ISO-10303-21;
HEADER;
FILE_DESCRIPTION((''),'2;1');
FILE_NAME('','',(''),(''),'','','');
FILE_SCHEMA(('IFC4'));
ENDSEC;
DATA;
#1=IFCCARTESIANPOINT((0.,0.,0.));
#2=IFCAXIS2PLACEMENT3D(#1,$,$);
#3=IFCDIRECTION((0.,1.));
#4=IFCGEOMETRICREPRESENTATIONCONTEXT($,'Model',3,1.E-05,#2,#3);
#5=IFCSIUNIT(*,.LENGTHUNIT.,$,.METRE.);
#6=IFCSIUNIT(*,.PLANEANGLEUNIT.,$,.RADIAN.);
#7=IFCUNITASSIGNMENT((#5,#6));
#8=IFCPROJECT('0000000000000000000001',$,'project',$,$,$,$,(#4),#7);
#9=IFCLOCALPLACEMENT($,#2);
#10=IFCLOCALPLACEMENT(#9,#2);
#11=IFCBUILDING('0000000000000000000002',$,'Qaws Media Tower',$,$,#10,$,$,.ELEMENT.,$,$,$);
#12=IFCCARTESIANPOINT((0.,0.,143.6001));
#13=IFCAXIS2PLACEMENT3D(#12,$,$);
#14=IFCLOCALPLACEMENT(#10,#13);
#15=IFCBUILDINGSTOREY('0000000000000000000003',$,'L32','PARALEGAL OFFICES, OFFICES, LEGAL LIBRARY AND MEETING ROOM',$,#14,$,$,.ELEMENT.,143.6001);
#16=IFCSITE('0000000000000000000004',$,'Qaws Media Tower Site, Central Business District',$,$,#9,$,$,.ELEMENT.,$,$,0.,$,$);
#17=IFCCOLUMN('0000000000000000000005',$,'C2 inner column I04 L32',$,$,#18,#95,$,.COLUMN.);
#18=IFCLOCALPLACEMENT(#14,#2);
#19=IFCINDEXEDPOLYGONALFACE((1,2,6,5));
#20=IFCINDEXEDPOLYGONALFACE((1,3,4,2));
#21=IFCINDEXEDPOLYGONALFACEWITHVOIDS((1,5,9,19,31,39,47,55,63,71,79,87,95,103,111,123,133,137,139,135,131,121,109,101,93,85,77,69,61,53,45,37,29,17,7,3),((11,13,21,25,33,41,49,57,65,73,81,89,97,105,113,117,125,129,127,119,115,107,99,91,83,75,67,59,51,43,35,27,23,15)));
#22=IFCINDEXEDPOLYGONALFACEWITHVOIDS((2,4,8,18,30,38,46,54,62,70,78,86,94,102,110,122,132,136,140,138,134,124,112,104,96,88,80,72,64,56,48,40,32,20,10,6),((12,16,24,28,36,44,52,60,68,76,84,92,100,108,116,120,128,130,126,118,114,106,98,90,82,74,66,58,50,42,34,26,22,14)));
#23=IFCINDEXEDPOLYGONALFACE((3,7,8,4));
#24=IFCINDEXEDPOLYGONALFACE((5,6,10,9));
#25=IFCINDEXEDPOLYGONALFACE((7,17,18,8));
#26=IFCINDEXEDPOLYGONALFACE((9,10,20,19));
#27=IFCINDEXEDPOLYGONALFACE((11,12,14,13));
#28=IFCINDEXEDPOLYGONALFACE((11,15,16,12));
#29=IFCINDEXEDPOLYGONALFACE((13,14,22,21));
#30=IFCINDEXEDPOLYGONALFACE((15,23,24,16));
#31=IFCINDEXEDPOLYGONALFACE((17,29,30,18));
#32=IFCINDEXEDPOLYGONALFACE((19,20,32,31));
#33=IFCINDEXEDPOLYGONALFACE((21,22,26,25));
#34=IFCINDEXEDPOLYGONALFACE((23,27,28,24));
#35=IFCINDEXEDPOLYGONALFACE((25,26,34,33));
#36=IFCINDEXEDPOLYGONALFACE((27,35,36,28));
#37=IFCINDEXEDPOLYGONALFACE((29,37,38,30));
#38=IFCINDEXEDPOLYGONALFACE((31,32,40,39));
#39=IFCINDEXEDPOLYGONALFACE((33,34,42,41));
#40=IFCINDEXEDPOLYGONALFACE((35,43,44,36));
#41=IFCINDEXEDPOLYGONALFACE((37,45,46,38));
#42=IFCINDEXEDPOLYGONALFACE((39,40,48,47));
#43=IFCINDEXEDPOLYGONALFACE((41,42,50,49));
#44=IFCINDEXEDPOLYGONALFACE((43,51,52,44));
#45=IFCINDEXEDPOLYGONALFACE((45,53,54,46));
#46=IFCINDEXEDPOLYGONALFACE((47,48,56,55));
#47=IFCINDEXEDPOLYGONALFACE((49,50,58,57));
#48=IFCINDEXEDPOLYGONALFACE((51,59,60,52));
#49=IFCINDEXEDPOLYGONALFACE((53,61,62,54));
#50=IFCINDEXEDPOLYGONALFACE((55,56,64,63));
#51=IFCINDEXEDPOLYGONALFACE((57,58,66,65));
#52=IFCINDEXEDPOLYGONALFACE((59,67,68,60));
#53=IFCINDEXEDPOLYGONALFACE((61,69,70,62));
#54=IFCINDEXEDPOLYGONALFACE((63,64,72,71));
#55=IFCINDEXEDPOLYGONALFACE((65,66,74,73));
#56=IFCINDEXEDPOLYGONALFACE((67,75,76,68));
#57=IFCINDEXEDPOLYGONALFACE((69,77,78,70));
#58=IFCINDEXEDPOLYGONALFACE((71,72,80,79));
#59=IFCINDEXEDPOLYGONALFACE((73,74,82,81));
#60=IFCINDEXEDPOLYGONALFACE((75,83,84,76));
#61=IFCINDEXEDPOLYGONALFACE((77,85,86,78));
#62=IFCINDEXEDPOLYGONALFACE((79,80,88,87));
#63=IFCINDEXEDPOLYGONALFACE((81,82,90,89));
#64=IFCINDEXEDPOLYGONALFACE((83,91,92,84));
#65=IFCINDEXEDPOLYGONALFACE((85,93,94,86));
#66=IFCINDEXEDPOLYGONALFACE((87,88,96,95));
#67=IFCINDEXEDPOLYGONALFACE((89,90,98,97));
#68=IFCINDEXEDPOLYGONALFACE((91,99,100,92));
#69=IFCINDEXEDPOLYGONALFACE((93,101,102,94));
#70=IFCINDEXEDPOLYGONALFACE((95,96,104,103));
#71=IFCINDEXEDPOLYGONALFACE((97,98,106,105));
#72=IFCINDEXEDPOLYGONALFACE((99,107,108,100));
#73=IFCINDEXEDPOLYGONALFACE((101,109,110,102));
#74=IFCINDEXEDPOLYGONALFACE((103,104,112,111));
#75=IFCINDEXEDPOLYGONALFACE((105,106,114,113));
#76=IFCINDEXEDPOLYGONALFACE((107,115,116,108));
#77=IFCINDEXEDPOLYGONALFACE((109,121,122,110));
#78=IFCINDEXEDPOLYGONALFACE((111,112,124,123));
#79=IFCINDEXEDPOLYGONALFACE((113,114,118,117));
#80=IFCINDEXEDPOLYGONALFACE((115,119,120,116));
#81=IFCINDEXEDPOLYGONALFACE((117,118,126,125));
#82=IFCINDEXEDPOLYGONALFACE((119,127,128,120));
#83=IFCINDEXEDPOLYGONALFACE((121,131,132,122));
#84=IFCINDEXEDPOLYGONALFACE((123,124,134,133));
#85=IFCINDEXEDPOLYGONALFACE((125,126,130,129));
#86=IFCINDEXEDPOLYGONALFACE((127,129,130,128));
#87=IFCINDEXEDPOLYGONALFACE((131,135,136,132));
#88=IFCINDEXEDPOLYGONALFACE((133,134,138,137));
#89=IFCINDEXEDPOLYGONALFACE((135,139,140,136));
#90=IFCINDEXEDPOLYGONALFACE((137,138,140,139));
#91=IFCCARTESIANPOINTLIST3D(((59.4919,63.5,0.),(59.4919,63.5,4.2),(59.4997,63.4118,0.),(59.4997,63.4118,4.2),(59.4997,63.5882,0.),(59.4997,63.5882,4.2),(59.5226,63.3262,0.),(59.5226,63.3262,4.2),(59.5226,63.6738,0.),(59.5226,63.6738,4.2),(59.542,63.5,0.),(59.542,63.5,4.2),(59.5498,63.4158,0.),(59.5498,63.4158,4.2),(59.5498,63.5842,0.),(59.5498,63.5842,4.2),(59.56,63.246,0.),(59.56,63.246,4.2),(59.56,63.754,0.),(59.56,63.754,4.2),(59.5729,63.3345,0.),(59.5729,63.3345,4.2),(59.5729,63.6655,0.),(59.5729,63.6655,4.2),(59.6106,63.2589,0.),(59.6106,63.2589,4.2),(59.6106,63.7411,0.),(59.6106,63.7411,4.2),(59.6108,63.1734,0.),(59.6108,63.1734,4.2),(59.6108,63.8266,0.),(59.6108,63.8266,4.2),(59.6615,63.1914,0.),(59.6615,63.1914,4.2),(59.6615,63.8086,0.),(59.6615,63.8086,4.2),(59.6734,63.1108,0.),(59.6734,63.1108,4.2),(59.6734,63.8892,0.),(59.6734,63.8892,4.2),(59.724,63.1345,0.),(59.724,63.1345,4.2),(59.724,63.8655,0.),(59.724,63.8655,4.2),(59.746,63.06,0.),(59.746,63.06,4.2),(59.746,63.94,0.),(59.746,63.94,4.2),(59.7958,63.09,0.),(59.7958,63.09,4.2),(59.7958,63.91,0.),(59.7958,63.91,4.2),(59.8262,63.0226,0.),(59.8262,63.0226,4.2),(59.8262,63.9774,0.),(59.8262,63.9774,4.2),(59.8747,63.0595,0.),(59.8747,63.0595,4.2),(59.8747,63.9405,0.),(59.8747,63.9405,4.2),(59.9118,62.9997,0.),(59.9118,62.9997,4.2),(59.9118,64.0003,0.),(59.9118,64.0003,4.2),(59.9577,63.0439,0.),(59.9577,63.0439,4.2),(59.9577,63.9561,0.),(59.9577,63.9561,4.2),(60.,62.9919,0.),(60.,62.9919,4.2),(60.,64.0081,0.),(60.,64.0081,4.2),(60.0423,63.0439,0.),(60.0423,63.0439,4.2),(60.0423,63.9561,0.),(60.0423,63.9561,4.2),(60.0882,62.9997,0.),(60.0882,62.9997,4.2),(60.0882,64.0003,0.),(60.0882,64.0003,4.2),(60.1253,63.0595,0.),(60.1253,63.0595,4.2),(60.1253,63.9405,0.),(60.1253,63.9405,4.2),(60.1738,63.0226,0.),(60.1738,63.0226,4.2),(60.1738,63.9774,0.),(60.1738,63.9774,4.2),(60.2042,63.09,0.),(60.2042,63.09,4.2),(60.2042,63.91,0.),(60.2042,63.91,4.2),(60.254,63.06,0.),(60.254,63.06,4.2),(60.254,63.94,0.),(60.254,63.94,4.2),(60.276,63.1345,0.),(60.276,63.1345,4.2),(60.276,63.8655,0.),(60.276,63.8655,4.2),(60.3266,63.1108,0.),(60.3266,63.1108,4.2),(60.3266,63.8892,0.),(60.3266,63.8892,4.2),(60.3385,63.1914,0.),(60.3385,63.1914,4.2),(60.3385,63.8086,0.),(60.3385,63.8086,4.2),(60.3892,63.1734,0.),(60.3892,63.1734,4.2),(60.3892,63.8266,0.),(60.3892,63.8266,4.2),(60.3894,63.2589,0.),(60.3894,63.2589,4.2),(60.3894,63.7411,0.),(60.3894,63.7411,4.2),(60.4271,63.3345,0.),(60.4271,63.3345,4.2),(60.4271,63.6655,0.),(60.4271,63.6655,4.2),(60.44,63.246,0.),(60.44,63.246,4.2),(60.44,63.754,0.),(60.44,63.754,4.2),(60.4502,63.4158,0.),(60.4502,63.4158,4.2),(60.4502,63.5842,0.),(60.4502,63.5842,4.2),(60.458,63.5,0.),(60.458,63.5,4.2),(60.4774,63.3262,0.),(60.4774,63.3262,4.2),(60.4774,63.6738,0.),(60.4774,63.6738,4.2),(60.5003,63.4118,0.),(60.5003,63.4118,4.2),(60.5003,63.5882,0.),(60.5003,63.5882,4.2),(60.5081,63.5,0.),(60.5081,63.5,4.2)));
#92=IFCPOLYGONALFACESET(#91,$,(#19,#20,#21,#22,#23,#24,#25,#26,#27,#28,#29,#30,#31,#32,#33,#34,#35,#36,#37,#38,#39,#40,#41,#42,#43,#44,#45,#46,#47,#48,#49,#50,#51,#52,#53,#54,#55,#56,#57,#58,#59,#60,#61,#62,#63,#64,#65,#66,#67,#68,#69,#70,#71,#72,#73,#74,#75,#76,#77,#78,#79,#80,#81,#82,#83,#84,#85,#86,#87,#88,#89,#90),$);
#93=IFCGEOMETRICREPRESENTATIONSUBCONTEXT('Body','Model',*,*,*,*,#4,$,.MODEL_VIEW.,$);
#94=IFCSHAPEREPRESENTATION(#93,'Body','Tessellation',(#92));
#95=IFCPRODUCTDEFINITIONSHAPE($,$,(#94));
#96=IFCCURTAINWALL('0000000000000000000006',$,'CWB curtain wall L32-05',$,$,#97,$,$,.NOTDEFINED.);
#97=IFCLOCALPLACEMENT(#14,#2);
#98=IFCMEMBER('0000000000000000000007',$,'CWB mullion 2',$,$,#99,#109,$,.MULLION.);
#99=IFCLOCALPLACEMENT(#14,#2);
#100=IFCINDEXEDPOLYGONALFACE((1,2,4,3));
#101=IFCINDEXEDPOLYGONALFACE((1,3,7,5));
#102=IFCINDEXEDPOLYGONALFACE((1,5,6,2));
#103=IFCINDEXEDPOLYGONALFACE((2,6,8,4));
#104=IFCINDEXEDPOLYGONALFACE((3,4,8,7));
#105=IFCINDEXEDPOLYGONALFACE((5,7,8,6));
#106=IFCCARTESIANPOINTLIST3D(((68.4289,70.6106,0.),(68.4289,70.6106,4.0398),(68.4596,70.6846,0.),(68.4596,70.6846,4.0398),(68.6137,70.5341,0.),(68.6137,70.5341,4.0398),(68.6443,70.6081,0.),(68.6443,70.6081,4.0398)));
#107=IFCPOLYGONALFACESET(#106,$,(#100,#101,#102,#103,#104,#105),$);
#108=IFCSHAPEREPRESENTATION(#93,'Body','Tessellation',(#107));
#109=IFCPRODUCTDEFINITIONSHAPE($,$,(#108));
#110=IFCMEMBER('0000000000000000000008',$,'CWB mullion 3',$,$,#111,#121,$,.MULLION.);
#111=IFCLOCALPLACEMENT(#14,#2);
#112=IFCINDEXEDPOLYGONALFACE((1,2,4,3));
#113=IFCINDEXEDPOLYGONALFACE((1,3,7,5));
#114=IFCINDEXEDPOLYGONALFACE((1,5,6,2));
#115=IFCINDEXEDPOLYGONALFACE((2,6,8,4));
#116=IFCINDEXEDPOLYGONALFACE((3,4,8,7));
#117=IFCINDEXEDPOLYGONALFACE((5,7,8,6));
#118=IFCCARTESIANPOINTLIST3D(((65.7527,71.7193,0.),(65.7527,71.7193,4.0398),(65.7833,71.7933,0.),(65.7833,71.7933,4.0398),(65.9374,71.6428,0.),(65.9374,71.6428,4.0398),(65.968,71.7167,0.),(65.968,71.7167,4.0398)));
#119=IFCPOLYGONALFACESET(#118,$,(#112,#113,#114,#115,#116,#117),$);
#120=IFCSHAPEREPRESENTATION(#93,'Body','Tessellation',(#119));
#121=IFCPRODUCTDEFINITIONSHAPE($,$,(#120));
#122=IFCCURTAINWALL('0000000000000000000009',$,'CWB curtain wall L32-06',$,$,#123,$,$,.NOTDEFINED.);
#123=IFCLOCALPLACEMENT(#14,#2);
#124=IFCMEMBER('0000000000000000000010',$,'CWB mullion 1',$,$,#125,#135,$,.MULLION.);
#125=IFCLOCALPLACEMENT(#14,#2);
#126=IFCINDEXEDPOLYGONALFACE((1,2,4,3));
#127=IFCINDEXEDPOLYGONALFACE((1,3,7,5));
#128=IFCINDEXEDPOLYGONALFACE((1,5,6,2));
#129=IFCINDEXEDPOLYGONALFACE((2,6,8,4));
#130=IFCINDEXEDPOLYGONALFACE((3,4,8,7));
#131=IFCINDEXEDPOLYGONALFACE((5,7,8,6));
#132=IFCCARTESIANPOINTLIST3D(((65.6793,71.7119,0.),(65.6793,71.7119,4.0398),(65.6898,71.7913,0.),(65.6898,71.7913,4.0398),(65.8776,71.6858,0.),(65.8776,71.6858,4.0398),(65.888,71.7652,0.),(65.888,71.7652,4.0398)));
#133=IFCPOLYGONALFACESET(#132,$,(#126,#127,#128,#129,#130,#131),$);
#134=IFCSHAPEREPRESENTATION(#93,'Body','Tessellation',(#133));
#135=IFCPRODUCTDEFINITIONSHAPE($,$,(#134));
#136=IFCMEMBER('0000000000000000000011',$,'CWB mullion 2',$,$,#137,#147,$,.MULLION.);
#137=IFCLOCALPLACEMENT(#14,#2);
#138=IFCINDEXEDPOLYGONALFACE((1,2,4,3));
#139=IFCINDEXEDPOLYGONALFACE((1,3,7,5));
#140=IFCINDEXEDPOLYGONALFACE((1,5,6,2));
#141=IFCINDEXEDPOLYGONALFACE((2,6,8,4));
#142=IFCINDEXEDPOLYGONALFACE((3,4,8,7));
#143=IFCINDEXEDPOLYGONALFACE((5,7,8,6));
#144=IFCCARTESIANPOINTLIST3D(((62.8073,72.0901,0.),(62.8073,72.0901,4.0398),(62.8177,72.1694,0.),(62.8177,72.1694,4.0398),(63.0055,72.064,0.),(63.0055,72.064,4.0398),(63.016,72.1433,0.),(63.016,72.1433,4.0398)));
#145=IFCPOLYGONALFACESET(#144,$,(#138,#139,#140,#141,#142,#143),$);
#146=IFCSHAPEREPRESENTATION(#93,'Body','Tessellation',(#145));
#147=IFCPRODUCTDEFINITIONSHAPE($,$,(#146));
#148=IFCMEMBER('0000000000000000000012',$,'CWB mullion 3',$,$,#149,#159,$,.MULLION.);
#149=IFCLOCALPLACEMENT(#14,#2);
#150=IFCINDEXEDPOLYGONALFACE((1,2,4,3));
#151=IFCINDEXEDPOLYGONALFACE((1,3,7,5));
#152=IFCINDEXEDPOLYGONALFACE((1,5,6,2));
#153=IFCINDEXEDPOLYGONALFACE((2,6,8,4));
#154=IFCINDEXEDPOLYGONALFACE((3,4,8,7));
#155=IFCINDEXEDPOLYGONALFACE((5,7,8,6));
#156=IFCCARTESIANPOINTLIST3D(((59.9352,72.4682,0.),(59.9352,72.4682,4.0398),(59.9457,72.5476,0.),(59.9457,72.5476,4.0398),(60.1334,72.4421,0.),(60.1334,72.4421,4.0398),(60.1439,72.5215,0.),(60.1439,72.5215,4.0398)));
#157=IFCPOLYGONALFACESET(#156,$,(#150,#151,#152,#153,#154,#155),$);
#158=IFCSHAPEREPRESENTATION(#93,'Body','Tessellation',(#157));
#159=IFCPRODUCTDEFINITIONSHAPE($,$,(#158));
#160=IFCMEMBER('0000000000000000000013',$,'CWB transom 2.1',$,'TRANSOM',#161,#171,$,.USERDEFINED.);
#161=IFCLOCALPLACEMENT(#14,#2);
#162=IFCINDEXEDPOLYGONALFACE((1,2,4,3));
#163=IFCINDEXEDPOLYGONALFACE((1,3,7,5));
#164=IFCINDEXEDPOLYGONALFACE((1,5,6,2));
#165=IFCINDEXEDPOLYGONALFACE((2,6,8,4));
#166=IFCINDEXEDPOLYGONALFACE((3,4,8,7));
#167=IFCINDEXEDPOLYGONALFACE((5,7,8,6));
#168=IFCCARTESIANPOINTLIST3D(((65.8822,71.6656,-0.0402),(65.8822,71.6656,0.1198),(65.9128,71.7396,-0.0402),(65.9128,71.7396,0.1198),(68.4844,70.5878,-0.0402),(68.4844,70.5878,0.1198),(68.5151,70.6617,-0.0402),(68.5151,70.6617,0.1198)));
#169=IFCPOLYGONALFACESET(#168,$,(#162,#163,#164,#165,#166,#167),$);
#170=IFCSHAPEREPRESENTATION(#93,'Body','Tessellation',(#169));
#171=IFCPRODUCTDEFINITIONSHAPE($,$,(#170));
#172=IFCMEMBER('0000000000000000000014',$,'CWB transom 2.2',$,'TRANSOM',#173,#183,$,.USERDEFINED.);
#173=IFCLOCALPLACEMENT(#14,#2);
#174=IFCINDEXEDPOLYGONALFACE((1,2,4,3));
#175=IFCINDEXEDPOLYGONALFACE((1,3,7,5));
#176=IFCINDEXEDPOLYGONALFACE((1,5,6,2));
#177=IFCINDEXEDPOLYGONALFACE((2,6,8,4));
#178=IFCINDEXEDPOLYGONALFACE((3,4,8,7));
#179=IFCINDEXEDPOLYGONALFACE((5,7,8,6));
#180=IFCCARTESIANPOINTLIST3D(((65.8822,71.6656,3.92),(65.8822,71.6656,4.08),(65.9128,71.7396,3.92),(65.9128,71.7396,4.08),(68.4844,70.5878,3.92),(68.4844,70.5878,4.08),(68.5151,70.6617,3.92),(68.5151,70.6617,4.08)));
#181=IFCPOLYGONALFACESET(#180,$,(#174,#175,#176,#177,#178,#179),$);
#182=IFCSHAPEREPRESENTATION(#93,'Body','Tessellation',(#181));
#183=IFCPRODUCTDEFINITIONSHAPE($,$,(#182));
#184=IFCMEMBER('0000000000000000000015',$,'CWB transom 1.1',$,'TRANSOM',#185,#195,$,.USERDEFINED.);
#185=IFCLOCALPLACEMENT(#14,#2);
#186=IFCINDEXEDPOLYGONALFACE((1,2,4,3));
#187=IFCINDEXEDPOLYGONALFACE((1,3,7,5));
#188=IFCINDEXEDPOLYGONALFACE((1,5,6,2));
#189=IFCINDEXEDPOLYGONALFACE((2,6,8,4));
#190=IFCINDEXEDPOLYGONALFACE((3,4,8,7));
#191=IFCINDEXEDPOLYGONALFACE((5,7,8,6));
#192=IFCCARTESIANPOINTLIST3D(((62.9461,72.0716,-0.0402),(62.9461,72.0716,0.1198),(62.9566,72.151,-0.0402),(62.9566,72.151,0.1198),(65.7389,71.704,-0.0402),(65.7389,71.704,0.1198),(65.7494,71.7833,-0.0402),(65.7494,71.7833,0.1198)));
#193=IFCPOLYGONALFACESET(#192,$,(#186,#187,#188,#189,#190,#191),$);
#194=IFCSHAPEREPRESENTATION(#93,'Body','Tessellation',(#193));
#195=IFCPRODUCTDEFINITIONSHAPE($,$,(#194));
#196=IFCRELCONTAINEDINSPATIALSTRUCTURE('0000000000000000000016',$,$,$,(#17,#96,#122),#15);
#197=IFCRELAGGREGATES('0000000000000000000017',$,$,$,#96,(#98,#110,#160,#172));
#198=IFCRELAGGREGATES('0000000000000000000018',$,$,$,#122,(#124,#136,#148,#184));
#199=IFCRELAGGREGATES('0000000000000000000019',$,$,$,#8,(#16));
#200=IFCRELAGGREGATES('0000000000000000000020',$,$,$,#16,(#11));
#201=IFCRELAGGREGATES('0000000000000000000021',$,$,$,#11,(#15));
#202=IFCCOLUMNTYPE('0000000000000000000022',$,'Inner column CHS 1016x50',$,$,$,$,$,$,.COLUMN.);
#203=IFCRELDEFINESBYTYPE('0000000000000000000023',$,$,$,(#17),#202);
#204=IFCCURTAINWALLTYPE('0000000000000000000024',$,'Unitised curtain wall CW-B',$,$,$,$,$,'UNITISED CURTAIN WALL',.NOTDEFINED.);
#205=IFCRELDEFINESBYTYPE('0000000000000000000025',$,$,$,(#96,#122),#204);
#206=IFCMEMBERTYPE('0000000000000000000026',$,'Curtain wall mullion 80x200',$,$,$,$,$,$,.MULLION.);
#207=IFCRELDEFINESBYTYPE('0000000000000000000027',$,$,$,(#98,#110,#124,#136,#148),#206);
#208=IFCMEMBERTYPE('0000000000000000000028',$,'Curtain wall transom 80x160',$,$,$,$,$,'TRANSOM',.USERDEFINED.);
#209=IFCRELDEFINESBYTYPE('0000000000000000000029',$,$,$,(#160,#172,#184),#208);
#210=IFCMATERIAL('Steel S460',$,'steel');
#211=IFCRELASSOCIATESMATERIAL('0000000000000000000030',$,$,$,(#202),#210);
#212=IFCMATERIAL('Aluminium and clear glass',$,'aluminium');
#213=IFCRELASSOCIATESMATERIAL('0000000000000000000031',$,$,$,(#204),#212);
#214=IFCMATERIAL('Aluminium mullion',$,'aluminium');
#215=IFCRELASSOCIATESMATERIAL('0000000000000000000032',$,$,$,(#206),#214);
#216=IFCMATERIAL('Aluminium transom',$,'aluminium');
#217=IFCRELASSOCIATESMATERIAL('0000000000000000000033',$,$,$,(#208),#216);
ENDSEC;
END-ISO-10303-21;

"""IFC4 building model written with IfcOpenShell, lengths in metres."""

from ifc_helpers import new_model, si_unit, direction, frame, origin, origin_2d, place, context, subcontext, project, spatial, rectangle, hollow_circle, extrude, material, material_profile, profile_set, type_object, element, aggregate, save


model = new_model("IFC4")

# Units and contexts
model_context = context("Model", 3, precision=1e-05, world=origin(), true_north=direction((0.0, 1.0)))
body_context = subcontext(model_context, "Body", "Model", "MODEL_VIEW")
ifc_project = project(units=[si_unit("LENGTHUNIT", "METRE"), si_unit("PLANEANGLEUNIT", "RADIAN")], contexts=[model_context])

# Site, building, storey
site_placement = place(None, origin())
site = spatial("IfcSite", under=ifc_project, at=site_placement, Name="Qaws Media Tower Site, Central Business District", CompositionType="ELEMENT", RefElevation=0.0)
building_placement = place(site_placement, origin())
building = spatial("IfcBuilding", under=site, at=building_placement, Name="Qaws Media Tower", CompositionType="ELEMENT")
storey_placement = place(building_placement, frame((0.0, 0.0, 143.6001)))
storey = spatial("IfcBuildingStorey", under=building, at=storey_placement, Name="L32", Description="PARALEGAL OFFICES, OFFICES, LEGAL LIBRARY AND MEETING ROOM", CompositionType="ELEMENT", Elevation=143.6001)

# Column
ifc_material_1 = material(Name="Steel S460", Category="steel")
ifc_material_profile_1 = material_profile(ifc_material_1, hollow_circle(Radius=0.5081, WallThickness=0.05, at=origin_2d()), Name="CHS 1016x50")
ifc_profile_set_1 = profile_set([ifc_material_profile_1], Name="Steel S460")
column_type = type_object("IfcColumnType", Name="Inner column CHS 1016x50", PredefinedType="COLUMN", material=ifc_profile_set_1)
column_placement = place(storey_placement, frame((60.0, 63.5, 0.0), z_axis=(0.0, 0.0, 1.0), x_axis=(1.0, 0.0, 0.0)))
element("IfcColumn", 1, at=column_placement, inside=storey, type_object=column_type, Name="C2 inner column I04 L32", PredefinedType="COLUMN", context=body_context, shape_type="SweptSolid", body=[
    extrude(hollow_circle(Radius=0.5081, WallThickness=0.05, at=origin_2d()), origin(), (0.0, 0.0, 1.0), 4.2),
])

# Curtain walls, members
ifc_material_2 = material(Name="Aluminium and clear glass", Category="aluminium")
curtain_wall_type = type_object("IfcCurtainWallType", Name="Unitised curtain wall CW-B", ElementType="UNITISED CURTAIN WALL", PredefinedType="NOTDEFINED", material=ifc_material_2)
curtain_wall_1_placement = place(storey_placement, origin())
curtain_wall_1 = element("IfcCurtainWall", 2, at=curtain_wall_1_placement, inside=storey, type_object=curtain_wall_type, Name="CWB curtain wall L32-05", PredefinedType="NOTDEFINED")
ifc_material_3 = material(Name="Aluminium mullion", Category="aluminium")
ifc_material_profile_2 = material_profile(ifc_material_3, rectangle(XDim=0.0801, YDim=0.2, at=origin_2d()), Name="80x200")
ifc_profile_set_2 = profile_set([ifc_material_profile_2], Name="Aluminium mullion")
member_type_1 = type_object("IfcMemberType", Name="Curtain wall mullion 80x200", PredefinedType="MULLION", material=ifc_profile_set_2)
member_1_placement = place(storey_placement, frame((68.5366, 70.6094, 0.0), z_axis=(0.0, 0.0, 1.0), x_axis=(-0.382683, -0.92388, 0.0)))
member_1 = element("IfcMember", 3, at=member_1_placement, type_object=member_type_1, Name="CWB mullion 2", PredefinedType="MULLION", context=body_context, shape_type="SweptSolid", body=[
    extrude(rectangle(XDim=0.0801, YDim=0.2, at=origin_2d()), origin(), (0.0, 0.0, 1.0), 4.0398),
])
member_2_placement = place(storey_placement, frame((65.8604, 71.718, 0.0), z_axis=(0.0, 0.0, 1.0), x_axis=(-0.382683, -0.92388, 0.0)))
member_2 = element("IfcMember", 4, at=member_2_placement, type_object=member_type_1, Name="CWB mullion 3", PredefinedType="MULLION", context=body_context, shape_type="SweptSolid", body=[
    extrude(rectangle(XDim=0.0801, YDim=0.2, at=origin_2d()), origin(), (0.0, 0.0, 1.0), 4.0398),
])
curtain_wall_2_placement = place(storey_placement, origin())
curtain_wall_2 = element("IfcCurtainWall", 5, at=curtain_wall_2_placement, inside=storey, type_object=curtain_wall_type, Name="CWB curtain wall L32-06", PredefinedType="NOTDEFINED")
member_3_placement = place(storey_placement, frame((65.7837, 71.7385, 0.0), z_axis=(0.0, 0.0, 1.0), x_axis=(-0.130526, -0.991445, 0.0)))
member_3 = element("IfcMember", 6, at=member_3_placement, type_object=member_type_1, Name="CWB mullion 1", PredefinedType="MULLION", context=body_context, shape_type="SweptSolid", body=[
    extrude(rectangle(XDim=0.0801, YDim=0.2, at=origin_2d()), origin(), (0.0, 0.0, 1.0), 4.0398),
])
member_4_placement = place(storey_placement, frame((62.9116, 72.1167, 0.0), z_axis=(0.0, 0.0, 1.0), x_axis=(-0.130526, -0.991445, 0.0)))
member_4 = element("IfcMember", 7, at=member_4_placement, type_object=member_type_1, Name="CWB mullion 2", PredefinedType="MULLION", context=body_context, shape_type="SweptSolid", body=[
    extrude(rectangle(XDim=0.0801, YDim=0.2, at=origin_2d()), origin(), (0.0, 0.0, 1.0), 4.0398),
])
member_5_placement = place(storey_placement, frame((60.0396, 72.4949, 0.0), z_axis=(0.0, 0.0, 1.0), x_axis=(-0.130526, -0.991445, 0.0)))
member_5 = element("IfcMember", 8, at=member_5_placement, type_object=member_type_1, Name="CWB mullion 3", PredefinedType="MULLION", context=body_context, shape_type="SweptSolid", body=[
    extrude(rectangle(XDim=0.0801, YDim=0.2, at=origin_2d()), origin(), (0.0, 0.0, 1.0), 4.0398),
])

# Members
ifc_material_4 = material(Name="Aluminium transom", Category="aluminium")
ifc_material_profile_3 = material_profile(ifc_material_4, rectangle(XDim=0.0801, YDim=0.1599, at=origin_2d()), Name="80x160")
ifc_profile_set_3 = profile_set([ifc_material_profile_3], Name="Aluminium transom")
member_type_2 = type_object("IfcMemberType", Name="Curtain wall transom 80x160", ElementType="TRANSOM", PredefinedType="USERDEFINED", material=ifc_profile_set_3)
member_6_placement = place(storey_placement, frame((68.4998, 70.6248, 0.0398), z_axis=(-0.923883, 0.382676, 0.0), x_axis=(-0.382676, -0.923883, 0.0)))
member_6 = element("IfcMember", 9, at=member_6_placement, type_object=member_type_2, Name="CWB transom 2.1", ObjectType="TRANSOM", PredefinedType="USERDEFINED", context=body_context, shape_type="SweptSolid", body=[
    extrude(rectangle(XDim=0.0801, YDim=0.1599, at=origin_2d()), origin(), (0.0, 0.0, 1.0), 2.8167),
])
member_7_placement = place(storey_placement, frame((68.4998, 70.6248, 4.0), z_axis=(-0.923883, 0.382676, 0.0), x_axis=(-0.382676, -0.923883, 0.0)))
member_7 = element("IfcMember", 10, at=member_7_placement, type_object=member_type_2, Name="CWB transom 2.2", ObjectType="TRANSOM", PredefinedType="USERDEFINED", context=body_context, shape_type="SweptSolid", body=[
    extrude(rectangle(XDim=0.0801, YDim=0.1599, at=origin_2d()), origin(), (0.0, 0.0, 1.0), 2.8167),
])
member_8_placement = place(storey_placement, frame((65.7441, 71.7437, 0.0398), z_axis=(-0.991445, 0.130528, 0.0), x_axis=(-0.130528, -0.991445, 0.0)))
member_8 = element("IfcMember", 11, at=member_8_placement, type_object=member_type_2, Name="CWB transom 1.1", ObjectType="TRANSOM", PredefinedType="USERDEFINED", context=body_context, shape_type="SweptSolid", body=[
    extrude(rectangle(XDim=0.0801, YDim=0.1599, at=origin_2d()), origin(), (0.0, 0.0, 1.0), 2.8169),
])

aggregate(curtain_wall_1, [member_1, member_2, member_6, member_7])
aggregate(curtain_wall_2, [member_3, member_4, member_5, member_8])

save(model, "model.ifc")
